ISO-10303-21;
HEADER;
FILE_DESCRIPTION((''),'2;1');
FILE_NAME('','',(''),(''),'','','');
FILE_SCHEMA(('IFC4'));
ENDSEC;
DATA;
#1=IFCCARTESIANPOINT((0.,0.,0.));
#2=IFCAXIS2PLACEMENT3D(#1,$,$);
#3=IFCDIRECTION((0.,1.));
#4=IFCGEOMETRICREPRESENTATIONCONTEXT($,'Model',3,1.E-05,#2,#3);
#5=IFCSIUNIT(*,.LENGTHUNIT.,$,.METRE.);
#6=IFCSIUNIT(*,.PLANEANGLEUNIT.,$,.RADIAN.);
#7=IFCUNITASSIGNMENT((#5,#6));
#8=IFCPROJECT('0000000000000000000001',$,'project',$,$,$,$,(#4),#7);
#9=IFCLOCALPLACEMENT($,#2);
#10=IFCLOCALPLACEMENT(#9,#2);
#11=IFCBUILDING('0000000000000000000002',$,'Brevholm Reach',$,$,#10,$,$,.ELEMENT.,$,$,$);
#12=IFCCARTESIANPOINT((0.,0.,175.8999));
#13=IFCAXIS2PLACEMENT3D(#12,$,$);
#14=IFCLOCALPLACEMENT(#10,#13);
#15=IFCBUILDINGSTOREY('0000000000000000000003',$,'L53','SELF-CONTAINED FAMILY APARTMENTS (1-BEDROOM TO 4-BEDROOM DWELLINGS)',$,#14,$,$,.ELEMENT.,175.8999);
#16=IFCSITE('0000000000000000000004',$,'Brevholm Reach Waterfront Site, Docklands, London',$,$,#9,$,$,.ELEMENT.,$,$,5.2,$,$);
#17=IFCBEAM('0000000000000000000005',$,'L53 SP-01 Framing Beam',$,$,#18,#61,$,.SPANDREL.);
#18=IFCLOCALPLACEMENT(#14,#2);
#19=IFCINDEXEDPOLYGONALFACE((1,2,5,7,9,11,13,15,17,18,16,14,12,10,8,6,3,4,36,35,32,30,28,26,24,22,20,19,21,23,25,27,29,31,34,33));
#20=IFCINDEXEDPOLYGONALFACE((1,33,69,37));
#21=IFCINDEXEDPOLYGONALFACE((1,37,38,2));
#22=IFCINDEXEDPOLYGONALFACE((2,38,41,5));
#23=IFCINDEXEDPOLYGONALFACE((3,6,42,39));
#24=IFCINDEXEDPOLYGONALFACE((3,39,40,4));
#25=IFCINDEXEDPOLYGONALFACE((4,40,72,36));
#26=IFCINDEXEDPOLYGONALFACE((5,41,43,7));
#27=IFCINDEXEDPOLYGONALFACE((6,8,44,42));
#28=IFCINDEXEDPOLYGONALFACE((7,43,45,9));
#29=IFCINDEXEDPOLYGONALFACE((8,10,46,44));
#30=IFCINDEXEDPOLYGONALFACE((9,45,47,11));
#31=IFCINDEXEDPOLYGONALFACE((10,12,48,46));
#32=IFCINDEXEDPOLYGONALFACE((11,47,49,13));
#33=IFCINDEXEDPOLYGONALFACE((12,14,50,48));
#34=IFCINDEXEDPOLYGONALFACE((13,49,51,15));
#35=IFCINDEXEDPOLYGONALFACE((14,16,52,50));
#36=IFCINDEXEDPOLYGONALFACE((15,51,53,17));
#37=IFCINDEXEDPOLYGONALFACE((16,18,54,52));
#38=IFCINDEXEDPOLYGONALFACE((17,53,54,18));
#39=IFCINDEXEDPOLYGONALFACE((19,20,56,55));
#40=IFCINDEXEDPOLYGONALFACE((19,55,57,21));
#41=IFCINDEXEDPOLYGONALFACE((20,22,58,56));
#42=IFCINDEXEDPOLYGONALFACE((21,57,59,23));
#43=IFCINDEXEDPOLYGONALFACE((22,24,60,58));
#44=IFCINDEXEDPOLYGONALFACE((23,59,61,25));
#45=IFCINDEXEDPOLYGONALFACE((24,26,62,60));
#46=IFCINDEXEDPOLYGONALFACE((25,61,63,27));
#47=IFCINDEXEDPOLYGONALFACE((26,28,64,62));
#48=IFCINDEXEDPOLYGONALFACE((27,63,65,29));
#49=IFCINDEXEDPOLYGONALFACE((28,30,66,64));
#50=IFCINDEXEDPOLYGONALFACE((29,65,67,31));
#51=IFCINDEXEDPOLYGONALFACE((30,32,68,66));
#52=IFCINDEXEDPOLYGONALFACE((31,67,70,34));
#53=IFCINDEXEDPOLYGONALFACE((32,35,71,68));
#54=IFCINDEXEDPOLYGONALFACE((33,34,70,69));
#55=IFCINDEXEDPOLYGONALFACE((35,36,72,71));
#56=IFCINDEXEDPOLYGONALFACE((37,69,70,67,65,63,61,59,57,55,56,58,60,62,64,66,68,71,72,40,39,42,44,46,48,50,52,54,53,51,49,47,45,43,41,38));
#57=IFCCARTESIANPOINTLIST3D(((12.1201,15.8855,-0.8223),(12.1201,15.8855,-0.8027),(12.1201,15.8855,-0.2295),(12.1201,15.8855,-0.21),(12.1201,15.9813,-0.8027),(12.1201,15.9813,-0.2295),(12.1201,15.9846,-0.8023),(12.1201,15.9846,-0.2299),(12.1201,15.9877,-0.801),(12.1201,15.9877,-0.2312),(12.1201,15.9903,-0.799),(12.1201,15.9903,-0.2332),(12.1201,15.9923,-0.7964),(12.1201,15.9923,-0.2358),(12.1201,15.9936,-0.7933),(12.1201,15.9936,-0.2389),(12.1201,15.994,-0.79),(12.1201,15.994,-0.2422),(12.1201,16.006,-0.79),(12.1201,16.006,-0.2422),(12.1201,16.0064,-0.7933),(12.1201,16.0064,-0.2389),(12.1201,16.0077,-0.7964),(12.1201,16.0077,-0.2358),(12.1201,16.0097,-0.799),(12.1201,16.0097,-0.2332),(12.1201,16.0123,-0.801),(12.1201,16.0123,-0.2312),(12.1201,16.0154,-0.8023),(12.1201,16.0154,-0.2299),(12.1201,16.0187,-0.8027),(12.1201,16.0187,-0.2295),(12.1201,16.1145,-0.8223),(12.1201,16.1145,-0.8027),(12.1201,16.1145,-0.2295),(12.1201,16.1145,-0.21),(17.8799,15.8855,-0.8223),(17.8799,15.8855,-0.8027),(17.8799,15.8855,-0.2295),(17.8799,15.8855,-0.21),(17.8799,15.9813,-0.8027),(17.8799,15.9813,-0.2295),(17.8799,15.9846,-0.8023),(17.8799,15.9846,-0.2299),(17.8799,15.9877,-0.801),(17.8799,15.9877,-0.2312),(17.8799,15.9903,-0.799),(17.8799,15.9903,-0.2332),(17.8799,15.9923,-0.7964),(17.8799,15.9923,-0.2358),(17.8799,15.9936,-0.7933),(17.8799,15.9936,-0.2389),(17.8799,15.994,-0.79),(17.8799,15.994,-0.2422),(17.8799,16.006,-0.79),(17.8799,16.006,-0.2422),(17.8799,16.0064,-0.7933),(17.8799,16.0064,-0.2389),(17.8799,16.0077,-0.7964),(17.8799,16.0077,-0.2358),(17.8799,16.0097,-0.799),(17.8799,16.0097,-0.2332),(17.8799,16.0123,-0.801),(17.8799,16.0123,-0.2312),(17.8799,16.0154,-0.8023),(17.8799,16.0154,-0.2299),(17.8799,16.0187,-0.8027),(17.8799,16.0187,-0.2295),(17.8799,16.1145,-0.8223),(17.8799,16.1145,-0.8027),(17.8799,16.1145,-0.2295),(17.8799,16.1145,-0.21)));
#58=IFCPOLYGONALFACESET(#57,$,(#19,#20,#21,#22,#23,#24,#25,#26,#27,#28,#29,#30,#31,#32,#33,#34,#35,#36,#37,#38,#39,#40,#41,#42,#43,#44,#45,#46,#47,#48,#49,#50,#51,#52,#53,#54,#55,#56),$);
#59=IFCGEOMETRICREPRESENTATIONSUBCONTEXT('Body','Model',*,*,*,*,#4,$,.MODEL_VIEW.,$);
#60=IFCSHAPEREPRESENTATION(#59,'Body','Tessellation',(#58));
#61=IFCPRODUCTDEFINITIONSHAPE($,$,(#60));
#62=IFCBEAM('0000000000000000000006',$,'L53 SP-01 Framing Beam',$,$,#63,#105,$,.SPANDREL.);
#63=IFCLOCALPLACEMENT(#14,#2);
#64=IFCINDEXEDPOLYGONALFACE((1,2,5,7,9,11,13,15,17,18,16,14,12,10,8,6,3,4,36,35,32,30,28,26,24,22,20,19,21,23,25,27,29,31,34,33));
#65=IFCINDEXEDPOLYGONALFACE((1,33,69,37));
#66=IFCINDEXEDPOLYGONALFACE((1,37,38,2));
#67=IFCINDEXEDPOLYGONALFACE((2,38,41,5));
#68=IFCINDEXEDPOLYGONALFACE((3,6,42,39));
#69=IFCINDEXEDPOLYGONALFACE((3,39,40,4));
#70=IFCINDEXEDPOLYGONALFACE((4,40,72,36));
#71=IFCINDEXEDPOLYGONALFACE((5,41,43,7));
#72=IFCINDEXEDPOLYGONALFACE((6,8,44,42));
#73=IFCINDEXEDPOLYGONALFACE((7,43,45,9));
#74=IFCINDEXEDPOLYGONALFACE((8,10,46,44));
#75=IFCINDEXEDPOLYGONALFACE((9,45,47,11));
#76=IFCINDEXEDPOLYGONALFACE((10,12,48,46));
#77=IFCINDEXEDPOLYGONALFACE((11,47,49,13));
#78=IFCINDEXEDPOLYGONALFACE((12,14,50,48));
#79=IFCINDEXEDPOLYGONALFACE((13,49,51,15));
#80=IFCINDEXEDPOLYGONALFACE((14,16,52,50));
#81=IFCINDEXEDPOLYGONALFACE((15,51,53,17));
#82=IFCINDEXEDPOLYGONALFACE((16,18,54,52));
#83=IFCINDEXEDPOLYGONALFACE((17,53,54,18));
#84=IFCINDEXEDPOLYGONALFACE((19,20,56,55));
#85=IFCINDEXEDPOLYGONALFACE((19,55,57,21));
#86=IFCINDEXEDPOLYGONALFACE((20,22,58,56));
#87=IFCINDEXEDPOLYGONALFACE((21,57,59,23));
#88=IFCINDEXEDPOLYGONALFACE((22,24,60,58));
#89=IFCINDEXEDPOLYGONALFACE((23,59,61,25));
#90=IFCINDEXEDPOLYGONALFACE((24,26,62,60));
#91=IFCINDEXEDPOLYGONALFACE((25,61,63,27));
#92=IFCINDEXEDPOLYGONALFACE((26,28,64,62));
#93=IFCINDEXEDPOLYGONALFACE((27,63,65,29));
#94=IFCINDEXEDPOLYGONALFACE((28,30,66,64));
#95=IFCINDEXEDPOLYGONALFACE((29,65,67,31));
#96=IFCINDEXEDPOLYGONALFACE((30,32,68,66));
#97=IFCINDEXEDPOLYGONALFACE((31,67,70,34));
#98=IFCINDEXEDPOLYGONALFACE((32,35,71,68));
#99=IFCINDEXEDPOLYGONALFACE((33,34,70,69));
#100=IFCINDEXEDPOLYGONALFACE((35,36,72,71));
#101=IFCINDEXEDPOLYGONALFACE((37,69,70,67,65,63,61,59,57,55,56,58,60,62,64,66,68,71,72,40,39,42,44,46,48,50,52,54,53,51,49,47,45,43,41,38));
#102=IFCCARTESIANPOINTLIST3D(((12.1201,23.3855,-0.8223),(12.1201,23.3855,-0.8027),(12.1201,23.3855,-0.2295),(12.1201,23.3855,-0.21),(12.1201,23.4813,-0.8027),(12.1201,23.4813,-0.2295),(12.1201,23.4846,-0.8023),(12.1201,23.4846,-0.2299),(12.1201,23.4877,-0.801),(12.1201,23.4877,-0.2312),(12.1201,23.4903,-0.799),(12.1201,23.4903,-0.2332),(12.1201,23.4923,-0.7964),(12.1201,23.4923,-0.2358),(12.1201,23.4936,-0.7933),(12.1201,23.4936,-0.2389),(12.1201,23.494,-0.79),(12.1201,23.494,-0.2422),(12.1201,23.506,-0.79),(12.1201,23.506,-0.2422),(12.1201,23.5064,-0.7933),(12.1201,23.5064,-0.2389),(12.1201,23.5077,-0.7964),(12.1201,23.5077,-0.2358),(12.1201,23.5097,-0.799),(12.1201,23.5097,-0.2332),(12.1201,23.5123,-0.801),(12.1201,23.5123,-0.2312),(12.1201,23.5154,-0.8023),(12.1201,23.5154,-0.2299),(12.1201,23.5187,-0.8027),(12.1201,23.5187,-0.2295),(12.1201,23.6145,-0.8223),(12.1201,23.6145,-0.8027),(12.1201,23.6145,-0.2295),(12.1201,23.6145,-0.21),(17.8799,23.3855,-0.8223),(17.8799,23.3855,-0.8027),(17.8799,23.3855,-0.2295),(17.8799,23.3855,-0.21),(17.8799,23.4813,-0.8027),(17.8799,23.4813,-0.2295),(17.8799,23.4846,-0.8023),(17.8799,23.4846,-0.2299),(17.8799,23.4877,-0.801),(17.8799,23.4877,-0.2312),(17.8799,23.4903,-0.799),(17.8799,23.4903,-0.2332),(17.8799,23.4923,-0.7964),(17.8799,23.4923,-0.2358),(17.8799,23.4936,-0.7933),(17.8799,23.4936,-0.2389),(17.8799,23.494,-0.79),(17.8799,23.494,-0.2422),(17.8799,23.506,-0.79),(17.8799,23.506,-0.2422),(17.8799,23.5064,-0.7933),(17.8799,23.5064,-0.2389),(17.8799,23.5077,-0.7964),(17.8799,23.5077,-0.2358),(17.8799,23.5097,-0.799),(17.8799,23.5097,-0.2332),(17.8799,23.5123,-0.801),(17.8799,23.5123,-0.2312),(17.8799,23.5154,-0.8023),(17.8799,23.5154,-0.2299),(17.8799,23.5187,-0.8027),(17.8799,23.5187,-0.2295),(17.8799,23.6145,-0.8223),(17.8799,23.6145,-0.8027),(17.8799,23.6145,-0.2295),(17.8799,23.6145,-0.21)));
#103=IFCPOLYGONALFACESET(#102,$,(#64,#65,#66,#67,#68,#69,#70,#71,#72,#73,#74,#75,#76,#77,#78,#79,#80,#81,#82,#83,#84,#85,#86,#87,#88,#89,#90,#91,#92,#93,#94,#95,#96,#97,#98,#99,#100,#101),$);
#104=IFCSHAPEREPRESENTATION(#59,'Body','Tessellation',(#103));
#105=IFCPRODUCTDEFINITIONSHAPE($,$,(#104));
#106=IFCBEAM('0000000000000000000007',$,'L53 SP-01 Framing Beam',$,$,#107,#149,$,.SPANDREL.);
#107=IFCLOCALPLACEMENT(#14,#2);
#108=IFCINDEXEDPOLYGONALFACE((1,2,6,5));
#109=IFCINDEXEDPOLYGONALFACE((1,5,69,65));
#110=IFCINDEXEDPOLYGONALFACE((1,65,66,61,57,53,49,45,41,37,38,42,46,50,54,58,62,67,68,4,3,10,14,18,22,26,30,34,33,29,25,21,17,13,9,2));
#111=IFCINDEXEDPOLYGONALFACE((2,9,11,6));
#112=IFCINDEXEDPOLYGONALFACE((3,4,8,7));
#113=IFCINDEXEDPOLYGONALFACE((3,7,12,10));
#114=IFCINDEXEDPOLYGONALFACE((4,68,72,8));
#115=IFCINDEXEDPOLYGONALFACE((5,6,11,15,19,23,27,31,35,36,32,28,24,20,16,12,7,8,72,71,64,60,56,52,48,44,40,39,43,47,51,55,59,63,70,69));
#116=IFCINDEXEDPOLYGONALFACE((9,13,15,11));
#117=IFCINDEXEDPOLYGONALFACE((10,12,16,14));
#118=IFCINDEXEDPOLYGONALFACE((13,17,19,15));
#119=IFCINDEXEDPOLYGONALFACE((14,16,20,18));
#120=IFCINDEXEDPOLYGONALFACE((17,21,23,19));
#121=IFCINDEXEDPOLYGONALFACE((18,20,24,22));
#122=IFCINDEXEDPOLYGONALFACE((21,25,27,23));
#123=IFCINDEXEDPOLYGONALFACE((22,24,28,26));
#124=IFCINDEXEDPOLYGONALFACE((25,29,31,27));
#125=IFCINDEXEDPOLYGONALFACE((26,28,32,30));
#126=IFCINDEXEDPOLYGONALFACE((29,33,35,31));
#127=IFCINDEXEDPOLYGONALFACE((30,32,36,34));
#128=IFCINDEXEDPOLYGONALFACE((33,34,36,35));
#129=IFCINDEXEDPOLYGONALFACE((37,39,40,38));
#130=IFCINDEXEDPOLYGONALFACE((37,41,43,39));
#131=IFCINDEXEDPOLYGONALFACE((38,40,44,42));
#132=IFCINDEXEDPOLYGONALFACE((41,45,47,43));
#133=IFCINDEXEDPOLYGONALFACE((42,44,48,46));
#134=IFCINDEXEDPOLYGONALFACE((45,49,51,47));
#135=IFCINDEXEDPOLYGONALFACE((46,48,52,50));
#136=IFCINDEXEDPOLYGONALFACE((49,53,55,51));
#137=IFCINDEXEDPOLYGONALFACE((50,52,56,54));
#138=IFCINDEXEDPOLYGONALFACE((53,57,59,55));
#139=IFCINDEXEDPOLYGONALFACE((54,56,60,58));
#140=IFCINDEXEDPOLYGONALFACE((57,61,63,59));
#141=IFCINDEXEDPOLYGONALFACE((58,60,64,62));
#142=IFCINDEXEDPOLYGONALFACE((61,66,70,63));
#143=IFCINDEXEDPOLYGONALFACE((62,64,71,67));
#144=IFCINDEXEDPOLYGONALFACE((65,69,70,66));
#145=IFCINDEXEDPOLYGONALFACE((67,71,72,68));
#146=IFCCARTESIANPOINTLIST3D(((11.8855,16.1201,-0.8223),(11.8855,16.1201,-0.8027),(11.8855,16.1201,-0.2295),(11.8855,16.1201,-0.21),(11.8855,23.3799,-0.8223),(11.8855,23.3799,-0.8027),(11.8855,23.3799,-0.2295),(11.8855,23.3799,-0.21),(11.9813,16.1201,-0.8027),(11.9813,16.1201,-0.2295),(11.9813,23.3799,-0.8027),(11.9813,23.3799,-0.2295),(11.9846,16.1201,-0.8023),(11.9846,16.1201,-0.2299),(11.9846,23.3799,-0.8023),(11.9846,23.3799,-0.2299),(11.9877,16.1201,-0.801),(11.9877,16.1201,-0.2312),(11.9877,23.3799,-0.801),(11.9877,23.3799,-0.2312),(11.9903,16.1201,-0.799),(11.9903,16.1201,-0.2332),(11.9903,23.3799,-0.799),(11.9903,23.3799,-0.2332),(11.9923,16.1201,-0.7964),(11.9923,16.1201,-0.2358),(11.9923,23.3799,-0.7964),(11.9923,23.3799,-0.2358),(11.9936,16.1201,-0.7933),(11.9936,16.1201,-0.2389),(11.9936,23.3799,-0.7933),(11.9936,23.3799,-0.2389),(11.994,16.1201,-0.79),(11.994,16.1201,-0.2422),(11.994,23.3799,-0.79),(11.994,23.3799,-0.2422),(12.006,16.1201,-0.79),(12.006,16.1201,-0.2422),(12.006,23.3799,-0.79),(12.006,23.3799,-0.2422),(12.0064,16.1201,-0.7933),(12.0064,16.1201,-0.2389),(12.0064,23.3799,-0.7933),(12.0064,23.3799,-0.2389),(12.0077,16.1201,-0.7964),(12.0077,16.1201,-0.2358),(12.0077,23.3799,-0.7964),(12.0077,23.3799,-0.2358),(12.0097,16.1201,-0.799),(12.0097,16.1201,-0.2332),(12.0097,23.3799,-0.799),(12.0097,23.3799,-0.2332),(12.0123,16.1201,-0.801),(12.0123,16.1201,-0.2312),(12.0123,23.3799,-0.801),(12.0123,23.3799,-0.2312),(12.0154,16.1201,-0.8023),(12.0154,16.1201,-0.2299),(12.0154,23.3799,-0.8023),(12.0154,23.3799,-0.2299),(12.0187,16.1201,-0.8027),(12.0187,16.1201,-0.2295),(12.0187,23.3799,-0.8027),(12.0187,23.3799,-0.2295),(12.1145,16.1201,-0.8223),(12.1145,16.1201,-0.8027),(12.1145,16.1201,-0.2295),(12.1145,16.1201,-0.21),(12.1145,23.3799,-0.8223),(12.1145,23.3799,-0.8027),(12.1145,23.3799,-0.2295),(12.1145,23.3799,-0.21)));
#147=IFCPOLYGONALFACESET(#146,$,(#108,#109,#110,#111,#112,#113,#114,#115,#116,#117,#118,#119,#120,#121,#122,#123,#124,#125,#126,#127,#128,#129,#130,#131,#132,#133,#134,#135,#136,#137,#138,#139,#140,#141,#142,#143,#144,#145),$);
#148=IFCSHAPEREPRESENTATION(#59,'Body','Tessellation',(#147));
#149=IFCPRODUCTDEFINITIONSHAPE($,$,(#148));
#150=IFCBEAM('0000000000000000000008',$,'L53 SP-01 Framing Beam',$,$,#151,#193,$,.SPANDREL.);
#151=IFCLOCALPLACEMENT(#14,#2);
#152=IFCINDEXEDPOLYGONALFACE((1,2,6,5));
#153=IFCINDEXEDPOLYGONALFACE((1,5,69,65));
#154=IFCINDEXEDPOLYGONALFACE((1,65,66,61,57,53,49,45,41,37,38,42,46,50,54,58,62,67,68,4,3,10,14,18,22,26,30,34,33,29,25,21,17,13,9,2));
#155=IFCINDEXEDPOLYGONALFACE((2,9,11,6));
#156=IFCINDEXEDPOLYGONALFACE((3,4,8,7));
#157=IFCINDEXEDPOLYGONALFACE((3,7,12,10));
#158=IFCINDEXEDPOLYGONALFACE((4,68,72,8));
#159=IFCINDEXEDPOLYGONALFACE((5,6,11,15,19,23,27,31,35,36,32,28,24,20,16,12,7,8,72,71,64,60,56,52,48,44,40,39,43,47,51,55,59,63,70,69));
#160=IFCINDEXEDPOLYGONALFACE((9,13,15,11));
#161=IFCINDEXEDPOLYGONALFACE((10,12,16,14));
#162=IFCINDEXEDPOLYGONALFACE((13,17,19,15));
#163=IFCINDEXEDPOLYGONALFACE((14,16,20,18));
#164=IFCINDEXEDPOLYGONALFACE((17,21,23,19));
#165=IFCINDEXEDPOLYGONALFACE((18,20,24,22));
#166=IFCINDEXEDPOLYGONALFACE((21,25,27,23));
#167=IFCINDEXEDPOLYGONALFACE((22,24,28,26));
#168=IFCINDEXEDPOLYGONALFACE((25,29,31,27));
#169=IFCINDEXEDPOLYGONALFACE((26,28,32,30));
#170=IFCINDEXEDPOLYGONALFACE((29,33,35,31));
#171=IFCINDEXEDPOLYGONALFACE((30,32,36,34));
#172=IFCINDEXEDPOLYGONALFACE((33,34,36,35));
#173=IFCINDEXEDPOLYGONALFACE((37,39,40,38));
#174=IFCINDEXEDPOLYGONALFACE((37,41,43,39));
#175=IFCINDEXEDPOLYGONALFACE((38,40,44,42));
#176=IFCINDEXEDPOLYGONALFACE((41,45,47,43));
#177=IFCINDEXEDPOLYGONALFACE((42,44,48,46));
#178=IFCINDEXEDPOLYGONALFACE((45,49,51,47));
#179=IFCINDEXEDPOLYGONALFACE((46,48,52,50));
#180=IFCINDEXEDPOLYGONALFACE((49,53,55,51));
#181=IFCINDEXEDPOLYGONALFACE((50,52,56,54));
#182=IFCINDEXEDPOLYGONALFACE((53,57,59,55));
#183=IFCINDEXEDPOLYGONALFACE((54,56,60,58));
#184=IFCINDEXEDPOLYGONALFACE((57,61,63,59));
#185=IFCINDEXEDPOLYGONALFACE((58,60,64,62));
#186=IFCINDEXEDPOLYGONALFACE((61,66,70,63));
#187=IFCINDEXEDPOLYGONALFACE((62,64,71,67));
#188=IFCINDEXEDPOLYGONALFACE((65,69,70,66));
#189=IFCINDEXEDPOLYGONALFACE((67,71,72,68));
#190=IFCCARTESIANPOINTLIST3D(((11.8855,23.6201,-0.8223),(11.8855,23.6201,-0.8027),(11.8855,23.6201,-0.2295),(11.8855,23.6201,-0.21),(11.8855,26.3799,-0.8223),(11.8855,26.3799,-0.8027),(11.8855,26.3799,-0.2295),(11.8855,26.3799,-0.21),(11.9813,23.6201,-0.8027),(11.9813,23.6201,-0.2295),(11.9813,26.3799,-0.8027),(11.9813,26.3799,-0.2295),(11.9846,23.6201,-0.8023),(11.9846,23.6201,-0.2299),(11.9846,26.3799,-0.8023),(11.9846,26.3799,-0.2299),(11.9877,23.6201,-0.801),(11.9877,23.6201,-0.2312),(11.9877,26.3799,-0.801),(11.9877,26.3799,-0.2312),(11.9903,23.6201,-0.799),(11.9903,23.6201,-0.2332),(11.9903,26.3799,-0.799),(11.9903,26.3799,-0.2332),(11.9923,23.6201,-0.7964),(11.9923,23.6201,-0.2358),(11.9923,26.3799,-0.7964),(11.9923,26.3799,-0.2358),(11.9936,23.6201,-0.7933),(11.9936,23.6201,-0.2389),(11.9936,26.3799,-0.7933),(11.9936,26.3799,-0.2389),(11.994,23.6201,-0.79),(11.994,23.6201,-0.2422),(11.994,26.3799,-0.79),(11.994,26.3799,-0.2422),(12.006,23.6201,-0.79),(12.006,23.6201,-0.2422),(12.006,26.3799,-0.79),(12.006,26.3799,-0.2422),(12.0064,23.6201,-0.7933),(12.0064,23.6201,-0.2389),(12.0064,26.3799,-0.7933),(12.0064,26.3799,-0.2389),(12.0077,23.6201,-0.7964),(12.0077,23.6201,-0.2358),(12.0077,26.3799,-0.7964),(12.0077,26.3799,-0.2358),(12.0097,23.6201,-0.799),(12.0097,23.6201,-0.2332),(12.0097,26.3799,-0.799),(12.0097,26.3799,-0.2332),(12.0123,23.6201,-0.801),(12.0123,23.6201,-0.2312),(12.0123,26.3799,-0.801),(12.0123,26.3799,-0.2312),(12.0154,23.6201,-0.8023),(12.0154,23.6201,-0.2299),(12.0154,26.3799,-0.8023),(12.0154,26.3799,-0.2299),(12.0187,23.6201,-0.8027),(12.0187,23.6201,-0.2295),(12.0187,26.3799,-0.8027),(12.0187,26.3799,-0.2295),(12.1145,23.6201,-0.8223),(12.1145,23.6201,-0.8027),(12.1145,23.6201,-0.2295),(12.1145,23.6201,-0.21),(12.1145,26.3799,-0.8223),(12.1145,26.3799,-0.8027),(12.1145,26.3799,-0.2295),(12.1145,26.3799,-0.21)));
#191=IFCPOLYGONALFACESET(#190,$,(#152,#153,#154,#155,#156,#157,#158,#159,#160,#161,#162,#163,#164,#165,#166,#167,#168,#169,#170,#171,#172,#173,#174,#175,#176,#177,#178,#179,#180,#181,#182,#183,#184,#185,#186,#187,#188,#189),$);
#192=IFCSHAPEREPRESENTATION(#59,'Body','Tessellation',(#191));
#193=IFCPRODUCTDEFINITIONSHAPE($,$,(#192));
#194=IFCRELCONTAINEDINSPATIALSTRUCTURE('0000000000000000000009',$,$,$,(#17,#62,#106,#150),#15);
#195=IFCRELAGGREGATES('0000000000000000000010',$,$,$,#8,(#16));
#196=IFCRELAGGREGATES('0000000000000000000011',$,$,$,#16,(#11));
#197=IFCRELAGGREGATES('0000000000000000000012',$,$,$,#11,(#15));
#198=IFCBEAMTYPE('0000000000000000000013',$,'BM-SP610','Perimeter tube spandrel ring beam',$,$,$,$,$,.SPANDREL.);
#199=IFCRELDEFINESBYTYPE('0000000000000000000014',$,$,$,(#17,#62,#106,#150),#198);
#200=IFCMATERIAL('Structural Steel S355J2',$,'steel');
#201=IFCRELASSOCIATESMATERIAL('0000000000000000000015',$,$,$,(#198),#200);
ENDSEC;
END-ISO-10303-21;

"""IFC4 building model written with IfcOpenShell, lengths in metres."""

from ifc_helpers import new_model, si_unit, direction, frame, origin, origin_2d, place, context, subcontext, project, spatial, i_section, extrude, material, material_profile, profile_set, type_object, element, save


model = new_model("IFC4")

# Units and contexts
model_context = context("Model", 3, precision=1e-05, world=origin(), true_north=direction((0.0, 1.0)))
body_context = subcontext(model_context, "Body", "Model", "MODEL_VIEW")
ifc_project = project(units=[si_unit("LENGTHUNIT", "METRE"), si_unit("PLANEANGLEUNIT", "RADIAN")], contexts=[model_context])

# Site, building, storey
site_placement = place(None, origin())
site = spatial("IfcSite", under=ifc_project, at=site_placement, Name="Brevholm Reach Waterfront Site, Docklands, London", CompositionType="ELEMENT", RefElevation=5.2)
building_placement = place(site_placement, origin())
building = spatial("IfcBuilding", under=site, at=building_placement, Name="Brevholm Reach", CompositionType="ELEMENT")
storey_placement = place(building_placement, frame((0.0, 0.0, 175.8999)))
storey = spatial("IfcBuildingStorey", under=building, at=storey_placement, Name="L53", Description="SELF-CONTAINED FAMILY APARTMENTS (1-BEDROOM TO 4-BEDROOM DWELLINGS)", CompositionType="ELEMENT", Elevation=175.8999)

# Beams
ifc_material_1 = material(Name="Structural Steel S355J2", Category="steel")
ifc_material_profile_1 = material_profile(ifc_material_1, i_section(OverallWidth=0.229, OverallDepth=0.6123, WebThickness=0.012, FlangeThickness=0.0195, FilletRadius=0.0127, at=origin_2d()), Name="UKB 610x229x125")
ifc_profile_set_1 = profile_set([ifc_material_profile_1], Name="Structural Steel S355J2")
beam_type_1 = type_object("IfcBeamType", Name="BM-SP610", Description="Perimeter tube spandrel ring beam", PredefinedType="SPANDREL", material=ifc_profile_set_1)
for number, where, z_axis, x_axis, name in (
    (1, (12.1201, 16.0, -0.5161), (1.0, 0.0, 0.0), (0.0, 1.0, 0.0), "L53 SP-01 Framing Beam"),
    (2, (12.1201, 23.5, -0.5161), (1.0, 0.0, 0.0), (0.0, 1.0, 0.0), "L53 SP-01 Framing Beam"),
):
    element("IfcBeam", number, at=place(storey_placement, frame(where, z_axis=z_axis, x_axis=x_axis)), inside=storey, type_object=beam_type_1, Name=name, PredefinedType="SPANDREL", context=body_context, shape_type="SweptSolid", body=[
        extrude(i_section(OverallWidth=0.229, OverallDepth=0.6123, WebThickness=0.012, FlangeThickness=0.0195, FilletRadius=0.0127, at=origin_2d()), origin(), (0.0, 0.0, 1.0), 5.7598),
    ])
beam_1_placement = place(storey_placement, frame((12.0, 16.1201, -0.5161), z_axis=(0.0, 1.0, 0.0), x_axis=(-1.0, 0.0, 0.0)))
element("IfcBeam", 3, at=beam_1_placement, inside=storey, type_object=beam_type_1, Name="L53 SP-01 Framing Beam", PredefinedType="SPANDREL", context=body_context, shape_type="SweptSolid", body=[
    extrude(i_section(OverallWidth=0.229, OverallDepth=0.6123, WebThickness=0.012, FlangeThickness=0.0195, FilletRadius=0.0127, at=origin_2d()), origin(), (0.0, 0.0, 1.0), 7.2598),
])
beam_2_placement = place(storey_placement, frame((12.0, 23.6201, -0.5161), z_axis=(0.0, 1.0, 0.0), x_axis=(-1.0, 0.0, 0.0)))
element("IfcBeam", 4, at=beam_2_placement, inside=storey, type_object=beam_type_1, Name="L53 SP-01 Framing Beam", PredefinedType="SPANDREL", context=body_context, shape_type="SweptSolid", body=[
    extrude(i_section(OverallWidth=0.229, OverallDepth=0.6123, WebThickness=0.012, FlangeThickness=0.0195, FilletRadius=0.0127, at=origin_2d()), origin(), (0.0, 0.0, 1.0), 2.7598),
])

save(model, "model.ifc")
